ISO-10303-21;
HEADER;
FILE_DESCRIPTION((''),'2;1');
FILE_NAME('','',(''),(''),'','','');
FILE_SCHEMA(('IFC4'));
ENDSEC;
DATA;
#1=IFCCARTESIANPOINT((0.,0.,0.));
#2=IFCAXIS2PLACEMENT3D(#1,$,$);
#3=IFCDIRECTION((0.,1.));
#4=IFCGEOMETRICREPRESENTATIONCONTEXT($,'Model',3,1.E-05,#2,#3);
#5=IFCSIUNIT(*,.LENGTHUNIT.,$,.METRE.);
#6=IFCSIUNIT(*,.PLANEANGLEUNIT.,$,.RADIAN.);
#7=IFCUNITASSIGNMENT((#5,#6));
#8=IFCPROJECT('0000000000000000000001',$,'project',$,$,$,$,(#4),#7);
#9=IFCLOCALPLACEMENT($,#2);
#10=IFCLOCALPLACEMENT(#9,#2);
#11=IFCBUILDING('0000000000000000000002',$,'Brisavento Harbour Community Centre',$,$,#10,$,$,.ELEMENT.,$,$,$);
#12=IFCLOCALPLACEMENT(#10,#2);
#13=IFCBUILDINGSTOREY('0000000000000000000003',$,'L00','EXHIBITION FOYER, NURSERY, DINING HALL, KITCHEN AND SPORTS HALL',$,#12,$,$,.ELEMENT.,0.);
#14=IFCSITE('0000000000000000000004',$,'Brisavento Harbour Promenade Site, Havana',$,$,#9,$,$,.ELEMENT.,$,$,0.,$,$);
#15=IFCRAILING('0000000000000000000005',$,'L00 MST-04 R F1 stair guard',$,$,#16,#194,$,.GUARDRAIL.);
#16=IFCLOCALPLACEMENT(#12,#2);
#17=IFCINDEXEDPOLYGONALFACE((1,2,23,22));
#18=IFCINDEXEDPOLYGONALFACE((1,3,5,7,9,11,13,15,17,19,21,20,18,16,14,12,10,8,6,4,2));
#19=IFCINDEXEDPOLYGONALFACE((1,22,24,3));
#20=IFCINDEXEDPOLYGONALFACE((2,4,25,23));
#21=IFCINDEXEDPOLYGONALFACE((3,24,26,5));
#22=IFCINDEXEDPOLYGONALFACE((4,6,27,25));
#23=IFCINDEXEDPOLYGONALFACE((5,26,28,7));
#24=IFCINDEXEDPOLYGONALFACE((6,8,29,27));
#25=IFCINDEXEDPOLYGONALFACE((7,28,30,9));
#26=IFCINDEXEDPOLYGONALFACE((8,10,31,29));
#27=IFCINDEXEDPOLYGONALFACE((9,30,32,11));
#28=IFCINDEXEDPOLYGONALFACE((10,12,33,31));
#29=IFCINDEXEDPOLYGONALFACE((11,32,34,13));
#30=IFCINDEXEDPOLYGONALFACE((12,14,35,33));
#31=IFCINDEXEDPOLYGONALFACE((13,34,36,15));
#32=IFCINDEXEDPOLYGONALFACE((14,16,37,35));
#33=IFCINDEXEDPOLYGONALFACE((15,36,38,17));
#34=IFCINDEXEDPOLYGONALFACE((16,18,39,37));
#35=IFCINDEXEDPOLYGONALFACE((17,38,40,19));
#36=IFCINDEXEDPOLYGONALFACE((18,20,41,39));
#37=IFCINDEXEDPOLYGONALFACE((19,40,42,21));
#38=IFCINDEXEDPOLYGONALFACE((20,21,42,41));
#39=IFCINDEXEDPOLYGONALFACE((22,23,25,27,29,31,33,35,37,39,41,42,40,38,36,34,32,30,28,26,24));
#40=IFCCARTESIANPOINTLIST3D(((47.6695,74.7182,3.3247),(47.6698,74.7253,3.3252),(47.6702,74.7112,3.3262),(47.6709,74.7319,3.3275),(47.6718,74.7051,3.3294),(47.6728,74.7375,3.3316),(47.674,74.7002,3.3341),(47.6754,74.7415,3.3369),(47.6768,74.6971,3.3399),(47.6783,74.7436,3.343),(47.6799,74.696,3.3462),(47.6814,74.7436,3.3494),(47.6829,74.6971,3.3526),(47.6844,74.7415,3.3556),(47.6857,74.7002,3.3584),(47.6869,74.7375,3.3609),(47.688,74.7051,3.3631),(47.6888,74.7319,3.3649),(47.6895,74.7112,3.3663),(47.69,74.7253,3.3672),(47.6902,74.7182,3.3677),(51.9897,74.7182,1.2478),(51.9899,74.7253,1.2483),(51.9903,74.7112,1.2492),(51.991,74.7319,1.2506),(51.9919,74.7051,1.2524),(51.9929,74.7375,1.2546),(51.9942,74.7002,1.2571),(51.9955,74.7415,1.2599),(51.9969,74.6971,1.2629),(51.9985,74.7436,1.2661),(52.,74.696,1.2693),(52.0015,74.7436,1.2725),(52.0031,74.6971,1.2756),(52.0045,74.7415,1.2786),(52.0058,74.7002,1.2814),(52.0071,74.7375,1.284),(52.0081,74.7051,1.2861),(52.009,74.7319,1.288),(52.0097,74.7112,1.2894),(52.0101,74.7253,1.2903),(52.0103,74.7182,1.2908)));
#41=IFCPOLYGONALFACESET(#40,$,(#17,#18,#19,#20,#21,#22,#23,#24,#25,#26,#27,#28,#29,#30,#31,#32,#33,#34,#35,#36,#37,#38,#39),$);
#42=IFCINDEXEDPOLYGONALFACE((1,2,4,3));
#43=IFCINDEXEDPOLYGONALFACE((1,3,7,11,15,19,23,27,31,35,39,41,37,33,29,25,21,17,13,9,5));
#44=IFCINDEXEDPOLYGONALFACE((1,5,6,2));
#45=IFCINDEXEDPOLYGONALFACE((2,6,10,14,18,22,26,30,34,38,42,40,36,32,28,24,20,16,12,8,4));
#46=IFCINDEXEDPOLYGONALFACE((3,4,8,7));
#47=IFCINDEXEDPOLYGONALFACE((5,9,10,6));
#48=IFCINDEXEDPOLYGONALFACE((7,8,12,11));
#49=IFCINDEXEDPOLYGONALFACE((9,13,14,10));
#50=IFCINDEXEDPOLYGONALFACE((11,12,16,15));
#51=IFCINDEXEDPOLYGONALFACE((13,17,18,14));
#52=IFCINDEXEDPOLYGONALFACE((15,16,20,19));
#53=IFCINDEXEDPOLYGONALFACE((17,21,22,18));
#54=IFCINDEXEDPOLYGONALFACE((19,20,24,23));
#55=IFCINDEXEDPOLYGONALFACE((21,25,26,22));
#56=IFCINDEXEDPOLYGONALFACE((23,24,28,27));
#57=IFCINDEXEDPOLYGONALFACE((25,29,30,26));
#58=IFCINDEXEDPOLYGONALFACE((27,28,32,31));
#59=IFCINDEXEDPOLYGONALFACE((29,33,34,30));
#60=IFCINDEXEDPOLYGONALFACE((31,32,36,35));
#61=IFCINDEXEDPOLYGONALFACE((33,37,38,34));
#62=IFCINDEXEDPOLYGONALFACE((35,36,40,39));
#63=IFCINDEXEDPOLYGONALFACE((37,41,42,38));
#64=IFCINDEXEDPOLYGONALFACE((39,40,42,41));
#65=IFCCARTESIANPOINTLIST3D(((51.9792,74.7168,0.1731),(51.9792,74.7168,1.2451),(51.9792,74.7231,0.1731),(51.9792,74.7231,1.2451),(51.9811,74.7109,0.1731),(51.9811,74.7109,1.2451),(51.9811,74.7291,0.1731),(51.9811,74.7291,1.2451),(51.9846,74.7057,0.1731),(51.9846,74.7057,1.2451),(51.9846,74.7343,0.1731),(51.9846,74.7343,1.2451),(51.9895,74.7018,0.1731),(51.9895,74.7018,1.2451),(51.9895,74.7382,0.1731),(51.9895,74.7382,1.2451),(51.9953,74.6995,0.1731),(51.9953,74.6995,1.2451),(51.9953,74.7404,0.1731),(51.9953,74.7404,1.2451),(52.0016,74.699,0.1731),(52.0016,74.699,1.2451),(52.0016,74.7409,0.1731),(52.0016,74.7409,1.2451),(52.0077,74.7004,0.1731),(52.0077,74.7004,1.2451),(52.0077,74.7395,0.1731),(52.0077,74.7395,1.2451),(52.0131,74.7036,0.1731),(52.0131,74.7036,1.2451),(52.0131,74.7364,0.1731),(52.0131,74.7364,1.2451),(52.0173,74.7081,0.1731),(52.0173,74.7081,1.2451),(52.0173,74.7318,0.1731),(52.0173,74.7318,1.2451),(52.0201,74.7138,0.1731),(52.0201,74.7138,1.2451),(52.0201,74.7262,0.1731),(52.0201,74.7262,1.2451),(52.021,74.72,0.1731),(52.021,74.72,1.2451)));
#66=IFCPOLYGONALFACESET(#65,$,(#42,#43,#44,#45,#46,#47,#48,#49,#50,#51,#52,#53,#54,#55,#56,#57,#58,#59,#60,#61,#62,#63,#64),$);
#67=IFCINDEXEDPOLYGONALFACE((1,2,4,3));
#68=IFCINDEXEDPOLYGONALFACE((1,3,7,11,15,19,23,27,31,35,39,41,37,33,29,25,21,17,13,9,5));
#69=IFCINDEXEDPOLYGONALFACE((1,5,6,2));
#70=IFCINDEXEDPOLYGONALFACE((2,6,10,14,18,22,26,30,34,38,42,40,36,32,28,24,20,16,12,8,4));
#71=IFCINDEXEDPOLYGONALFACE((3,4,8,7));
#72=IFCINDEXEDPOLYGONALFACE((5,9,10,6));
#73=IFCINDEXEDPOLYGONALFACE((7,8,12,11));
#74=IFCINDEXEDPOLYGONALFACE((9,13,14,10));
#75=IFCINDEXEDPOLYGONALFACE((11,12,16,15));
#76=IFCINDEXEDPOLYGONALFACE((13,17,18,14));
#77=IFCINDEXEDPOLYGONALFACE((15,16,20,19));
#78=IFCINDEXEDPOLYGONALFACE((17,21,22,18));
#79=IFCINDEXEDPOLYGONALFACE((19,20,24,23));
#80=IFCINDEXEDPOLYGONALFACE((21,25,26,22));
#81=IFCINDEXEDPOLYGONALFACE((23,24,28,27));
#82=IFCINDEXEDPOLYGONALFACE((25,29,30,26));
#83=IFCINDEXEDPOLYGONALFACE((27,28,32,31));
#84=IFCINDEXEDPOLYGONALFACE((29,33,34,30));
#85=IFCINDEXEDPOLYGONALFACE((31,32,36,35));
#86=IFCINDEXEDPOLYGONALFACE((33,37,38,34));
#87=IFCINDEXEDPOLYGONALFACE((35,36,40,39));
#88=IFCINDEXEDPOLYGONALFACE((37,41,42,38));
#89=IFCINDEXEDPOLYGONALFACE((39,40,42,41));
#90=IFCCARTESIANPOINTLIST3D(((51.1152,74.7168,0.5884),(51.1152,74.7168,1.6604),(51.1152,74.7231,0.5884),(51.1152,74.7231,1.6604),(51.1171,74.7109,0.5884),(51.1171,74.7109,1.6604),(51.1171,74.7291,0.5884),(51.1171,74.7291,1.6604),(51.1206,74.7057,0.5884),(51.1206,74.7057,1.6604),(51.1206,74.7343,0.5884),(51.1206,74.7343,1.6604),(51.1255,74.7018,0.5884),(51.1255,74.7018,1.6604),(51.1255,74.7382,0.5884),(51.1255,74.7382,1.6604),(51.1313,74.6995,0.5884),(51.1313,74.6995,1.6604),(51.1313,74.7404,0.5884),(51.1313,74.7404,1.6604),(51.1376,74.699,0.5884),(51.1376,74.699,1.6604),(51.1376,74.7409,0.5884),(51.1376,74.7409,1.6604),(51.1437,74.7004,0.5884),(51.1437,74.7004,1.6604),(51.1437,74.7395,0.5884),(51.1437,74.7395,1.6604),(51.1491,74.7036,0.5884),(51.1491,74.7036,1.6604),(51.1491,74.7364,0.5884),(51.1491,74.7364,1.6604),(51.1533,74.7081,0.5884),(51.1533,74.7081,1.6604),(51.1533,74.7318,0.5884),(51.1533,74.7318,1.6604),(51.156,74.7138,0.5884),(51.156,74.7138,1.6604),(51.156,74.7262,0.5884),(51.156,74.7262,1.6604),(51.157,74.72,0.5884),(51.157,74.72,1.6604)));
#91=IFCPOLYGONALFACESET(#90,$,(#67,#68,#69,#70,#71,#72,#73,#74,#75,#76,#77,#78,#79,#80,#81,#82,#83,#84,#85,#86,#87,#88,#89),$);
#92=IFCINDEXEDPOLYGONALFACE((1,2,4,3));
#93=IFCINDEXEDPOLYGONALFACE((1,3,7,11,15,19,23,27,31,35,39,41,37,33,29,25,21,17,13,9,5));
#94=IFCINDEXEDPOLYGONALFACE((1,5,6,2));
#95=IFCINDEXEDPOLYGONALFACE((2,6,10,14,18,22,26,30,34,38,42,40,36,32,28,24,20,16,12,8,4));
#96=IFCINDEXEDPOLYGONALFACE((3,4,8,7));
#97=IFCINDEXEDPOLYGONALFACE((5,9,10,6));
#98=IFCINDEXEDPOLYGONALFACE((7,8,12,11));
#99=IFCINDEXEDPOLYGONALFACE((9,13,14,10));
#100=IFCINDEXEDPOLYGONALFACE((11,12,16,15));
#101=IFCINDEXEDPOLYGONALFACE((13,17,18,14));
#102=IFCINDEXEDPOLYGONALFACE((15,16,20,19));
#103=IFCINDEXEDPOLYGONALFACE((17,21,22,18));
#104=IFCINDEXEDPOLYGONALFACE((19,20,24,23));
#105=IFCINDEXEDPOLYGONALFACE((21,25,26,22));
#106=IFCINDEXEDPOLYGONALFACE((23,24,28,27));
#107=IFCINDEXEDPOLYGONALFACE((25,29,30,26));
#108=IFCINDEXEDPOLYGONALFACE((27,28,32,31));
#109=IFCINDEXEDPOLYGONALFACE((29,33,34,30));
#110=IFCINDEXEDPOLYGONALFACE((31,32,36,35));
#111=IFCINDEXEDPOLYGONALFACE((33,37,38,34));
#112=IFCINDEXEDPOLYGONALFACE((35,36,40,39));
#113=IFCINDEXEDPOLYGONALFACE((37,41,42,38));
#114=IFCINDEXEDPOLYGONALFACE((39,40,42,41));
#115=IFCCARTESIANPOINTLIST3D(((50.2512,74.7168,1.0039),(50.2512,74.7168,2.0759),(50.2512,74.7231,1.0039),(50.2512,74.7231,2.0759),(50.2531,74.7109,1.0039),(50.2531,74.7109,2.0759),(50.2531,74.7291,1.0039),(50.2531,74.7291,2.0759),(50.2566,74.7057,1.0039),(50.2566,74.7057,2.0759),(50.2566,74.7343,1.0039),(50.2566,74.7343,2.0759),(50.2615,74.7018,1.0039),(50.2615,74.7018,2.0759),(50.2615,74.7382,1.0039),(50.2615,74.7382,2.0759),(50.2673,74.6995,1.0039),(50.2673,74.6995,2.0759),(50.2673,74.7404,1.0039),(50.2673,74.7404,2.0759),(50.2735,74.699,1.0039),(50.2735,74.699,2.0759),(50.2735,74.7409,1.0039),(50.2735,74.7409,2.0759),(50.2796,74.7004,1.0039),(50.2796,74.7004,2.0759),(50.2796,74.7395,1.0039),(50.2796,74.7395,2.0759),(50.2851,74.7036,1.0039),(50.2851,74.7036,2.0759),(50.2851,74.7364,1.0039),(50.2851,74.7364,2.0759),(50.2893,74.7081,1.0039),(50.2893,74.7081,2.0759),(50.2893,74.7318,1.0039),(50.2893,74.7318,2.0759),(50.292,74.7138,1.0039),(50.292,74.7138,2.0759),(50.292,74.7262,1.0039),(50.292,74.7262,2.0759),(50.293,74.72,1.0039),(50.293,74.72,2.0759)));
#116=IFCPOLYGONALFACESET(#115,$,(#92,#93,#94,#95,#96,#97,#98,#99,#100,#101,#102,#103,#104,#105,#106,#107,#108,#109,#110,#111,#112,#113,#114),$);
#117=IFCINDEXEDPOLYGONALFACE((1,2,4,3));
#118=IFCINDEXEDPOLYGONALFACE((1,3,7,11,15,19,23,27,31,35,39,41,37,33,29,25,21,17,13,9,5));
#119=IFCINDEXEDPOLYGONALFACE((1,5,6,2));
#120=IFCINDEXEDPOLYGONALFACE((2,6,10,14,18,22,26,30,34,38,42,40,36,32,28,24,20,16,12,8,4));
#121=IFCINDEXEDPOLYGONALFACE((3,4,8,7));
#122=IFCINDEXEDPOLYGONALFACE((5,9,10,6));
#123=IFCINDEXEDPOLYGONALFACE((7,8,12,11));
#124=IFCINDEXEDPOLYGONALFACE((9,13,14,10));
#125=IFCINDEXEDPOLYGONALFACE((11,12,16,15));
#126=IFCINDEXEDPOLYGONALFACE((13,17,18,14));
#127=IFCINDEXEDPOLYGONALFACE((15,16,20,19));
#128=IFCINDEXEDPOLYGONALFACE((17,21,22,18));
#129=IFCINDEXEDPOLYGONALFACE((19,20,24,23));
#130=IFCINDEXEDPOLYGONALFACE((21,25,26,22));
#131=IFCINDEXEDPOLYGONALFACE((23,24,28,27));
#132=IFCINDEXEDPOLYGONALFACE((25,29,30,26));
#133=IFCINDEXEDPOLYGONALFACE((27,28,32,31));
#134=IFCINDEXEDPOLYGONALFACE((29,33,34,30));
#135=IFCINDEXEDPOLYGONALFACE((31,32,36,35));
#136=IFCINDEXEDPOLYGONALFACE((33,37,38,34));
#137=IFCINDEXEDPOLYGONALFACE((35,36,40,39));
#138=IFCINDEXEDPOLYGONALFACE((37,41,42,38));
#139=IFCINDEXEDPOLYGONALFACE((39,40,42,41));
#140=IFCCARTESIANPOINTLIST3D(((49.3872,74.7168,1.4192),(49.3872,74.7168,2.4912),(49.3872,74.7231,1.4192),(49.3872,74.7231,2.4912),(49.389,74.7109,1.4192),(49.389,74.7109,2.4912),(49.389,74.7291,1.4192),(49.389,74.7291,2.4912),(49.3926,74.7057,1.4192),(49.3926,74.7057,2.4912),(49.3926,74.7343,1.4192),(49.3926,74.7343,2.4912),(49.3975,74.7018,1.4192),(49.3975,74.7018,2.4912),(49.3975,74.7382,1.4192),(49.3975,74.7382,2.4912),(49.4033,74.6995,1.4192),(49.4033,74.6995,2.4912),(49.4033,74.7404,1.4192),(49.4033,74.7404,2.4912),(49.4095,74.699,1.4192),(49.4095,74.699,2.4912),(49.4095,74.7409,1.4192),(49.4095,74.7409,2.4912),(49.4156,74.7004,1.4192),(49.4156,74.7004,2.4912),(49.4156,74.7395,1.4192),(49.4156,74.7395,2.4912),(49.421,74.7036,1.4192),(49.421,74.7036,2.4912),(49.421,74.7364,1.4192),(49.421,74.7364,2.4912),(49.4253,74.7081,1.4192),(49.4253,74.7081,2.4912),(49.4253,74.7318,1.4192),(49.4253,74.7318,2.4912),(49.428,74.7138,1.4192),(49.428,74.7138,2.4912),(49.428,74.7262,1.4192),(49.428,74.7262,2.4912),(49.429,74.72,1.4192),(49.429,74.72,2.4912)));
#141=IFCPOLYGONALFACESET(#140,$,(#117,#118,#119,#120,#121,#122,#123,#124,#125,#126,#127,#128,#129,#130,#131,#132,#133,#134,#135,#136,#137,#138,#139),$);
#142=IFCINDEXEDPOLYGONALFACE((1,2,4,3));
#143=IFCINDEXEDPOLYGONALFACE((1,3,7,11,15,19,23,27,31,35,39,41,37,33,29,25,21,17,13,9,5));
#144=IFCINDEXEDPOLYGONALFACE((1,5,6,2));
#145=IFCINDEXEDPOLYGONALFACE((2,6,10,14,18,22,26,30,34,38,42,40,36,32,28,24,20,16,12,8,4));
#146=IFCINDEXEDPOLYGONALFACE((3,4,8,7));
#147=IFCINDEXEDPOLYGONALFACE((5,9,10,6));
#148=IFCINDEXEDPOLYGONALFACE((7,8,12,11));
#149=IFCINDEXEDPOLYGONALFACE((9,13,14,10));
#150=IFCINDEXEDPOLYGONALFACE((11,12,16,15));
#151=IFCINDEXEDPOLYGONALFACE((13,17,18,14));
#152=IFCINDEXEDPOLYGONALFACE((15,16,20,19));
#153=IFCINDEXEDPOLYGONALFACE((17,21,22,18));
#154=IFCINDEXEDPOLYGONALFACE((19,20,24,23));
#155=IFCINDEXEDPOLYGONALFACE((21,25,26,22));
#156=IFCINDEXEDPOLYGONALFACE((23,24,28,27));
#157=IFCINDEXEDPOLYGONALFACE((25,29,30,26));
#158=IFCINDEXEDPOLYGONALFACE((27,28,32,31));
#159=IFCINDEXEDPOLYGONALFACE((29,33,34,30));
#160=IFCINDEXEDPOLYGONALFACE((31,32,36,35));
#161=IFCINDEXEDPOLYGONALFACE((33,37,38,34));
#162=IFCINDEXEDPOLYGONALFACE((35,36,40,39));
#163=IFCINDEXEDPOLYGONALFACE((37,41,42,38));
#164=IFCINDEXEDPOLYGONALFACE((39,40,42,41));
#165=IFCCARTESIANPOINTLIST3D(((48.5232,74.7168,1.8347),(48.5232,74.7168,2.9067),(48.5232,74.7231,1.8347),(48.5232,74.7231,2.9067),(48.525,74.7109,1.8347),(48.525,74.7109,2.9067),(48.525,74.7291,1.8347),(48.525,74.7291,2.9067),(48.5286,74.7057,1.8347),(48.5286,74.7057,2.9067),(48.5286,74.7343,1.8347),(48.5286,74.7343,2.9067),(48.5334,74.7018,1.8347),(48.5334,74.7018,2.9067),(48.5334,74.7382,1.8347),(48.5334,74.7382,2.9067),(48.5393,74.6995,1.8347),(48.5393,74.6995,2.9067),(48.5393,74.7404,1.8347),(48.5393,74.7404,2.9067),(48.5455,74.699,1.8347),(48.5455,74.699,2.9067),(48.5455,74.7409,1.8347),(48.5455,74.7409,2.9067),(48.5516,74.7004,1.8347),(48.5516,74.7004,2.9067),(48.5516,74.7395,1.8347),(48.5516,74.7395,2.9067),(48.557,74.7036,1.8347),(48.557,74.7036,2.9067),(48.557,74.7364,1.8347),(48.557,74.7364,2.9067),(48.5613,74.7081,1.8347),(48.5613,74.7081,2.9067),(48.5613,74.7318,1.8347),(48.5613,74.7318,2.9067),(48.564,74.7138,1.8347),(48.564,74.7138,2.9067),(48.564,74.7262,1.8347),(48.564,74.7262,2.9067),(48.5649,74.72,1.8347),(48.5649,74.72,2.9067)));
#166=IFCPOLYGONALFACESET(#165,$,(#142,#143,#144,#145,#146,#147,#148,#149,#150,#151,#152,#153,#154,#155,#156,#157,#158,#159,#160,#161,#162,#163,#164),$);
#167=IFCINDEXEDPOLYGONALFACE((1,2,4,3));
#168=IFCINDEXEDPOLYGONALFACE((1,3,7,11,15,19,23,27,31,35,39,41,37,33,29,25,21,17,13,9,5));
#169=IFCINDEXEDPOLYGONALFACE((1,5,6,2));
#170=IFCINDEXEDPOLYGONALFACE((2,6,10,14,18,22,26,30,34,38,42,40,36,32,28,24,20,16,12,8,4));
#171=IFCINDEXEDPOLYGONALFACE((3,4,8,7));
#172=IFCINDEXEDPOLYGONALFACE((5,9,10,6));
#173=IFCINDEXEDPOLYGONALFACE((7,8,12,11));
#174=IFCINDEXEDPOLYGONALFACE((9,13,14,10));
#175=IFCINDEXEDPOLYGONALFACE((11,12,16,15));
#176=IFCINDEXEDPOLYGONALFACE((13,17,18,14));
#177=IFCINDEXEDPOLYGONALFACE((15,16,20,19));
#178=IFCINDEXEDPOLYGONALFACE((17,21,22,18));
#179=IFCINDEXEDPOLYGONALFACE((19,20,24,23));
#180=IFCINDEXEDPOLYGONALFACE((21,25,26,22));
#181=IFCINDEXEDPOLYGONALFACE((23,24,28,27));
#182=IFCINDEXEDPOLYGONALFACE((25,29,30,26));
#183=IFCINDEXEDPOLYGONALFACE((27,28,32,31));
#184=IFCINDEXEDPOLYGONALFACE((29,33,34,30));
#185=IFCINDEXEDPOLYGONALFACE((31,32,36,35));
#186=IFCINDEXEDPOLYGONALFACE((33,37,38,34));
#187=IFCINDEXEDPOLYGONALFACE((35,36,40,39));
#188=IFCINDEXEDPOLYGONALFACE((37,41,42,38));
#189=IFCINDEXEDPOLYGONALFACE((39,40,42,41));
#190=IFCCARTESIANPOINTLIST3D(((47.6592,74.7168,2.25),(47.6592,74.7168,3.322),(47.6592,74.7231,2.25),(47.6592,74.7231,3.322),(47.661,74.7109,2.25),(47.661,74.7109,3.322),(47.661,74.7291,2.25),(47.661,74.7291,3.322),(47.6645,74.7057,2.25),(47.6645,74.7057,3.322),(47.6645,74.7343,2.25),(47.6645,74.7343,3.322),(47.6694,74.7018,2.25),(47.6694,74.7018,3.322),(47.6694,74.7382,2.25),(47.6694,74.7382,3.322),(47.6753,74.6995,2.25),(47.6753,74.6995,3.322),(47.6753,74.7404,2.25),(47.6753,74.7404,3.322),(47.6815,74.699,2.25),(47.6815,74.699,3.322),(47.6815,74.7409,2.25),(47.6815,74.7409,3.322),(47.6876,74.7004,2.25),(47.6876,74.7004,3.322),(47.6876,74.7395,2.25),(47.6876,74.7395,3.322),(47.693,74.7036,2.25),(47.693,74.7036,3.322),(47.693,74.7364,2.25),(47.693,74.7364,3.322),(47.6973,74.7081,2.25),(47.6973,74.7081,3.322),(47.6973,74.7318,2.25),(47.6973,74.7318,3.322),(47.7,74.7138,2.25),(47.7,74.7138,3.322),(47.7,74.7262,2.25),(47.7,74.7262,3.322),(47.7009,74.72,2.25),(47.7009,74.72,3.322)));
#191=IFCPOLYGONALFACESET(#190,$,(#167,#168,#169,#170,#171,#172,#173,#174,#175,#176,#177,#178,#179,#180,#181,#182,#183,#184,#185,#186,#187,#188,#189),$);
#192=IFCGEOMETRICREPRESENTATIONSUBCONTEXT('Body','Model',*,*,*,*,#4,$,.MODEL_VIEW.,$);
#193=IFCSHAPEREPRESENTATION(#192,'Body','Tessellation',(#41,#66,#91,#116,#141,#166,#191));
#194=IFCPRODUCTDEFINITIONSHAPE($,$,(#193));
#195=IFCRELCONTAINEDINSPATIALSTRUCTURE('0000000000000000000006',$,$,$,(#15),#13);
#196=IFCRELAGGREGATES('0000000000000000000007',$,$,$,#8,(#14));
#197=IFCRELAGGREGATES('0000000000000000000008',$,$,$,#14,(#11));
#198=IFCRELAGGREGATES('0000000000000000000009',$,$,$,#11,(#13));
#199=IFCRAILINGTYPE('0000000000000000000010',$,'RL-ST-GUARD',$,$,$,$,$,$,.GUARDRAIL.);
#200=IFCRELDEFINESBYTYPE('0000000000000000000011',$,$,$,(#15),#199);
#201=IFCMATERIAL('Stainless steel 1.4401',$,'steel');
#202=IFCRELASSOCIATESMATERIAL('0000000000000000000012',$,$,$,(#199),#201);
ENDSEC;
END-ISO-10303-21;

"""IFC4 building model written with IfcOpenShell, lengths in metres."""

from ifc_helpers import new_model, si_unit, direction, frame, origin, origin_2d, place, context, subcontext, project, spatial, circle, extrude, material, type_object, element, save


model = new_model("IFC4")

# Units and contexts
model_context = context("Model", 3, precision=1e-05, world=origin(), true_north=direction((0.0, 1.0)))
body_context = subcontext(model_context, "Body", "Model", "MODEL_VIEW")
ifc_project = project(units=[si_unit("LENGTHUNIT", "METRE"), si_unit("PLANEANGLEUNIT", "RADIAN")], contexts=[model_context])

# Site, building, storey
site_placement = place(None, origin())
site = spatial("IfcSite", under=ifc_project, at=site_placement, Name="Brisavento Harbour Promenade Site, Havana", CompositionType="ELEMENT", RefElevation=0.0)
building_placement = place(site_placement, origin())
building = spatial("IfcBuilding", under=site, at=building_placement, Name="Brisavento Harbour Community Centre", CompositionType="ELEMENT")
storey_placement = place(building_placement, origin())
storey = spatial("IfcBuildingStorey", under=building, at=storey_placement, Name="L00", Description="EXHIBITION FOYER, NURSERY, DINING HALL, KITCHEN AND SPORTS HALL", CompositionType="ELEMENT", Elevation=0.0)

# Railing
ifc_material_1 = material(Name="Stainless steel 1.4401", Category="steel")
railing_type = type_object("IfcRailingType", Name="RL-ST-GUARD", PredefinedType="GUARDRAIL", material=ifc_material_1)
railing_1_placement = place(storey_placement, frame((52.0, 74.72, 0.1731)))
element("IfcRailing", 1, at=railing_1_placement, inside=storey, type_object=railing_type, Name="L00 MST-04 R F1 stair guard", PredefinedType="GUARDRAIL", context=body_context, shape_type="SweptSolid", body=[
    extrude(circle(Radius=0.0239, at=origin_2d()), frame((0.0, 0.0, 1.0962), z_axis=(-0.901257, 0.0, 0.433286), x_axis=(0.0, -1.0, 0.0)), (0.0, 0.0, 1.0), 4.7935),
    extrude(circle(Radius=0.021, at=origin_2d()), origin(), (0.0, 0.0, 1.0), 1.072),
    extrude(circle(Radius=0.021, at=origin_2d()), frame((-0.864, 0.0, 0.4153)), (0.0, 0.0, 1.0), 1.072),
    extrude(circle(Radius=0.021, at=origin_2d()), frame((-1.728, 0.0, 0.8308)), (0.0, 0.0, 1.0), 1.072),
    extrude(circle(Radius=0.021, at=origin_2d()), frame((-2.592, 0.0, 1.2461)), (0.0, 0.0, 1.0), 1.072),
    extrude(circle(Radius=0.021, at=origin_2d()), frame((-3.4561, 0.0, 1.6616)), (0.0, 0.0, 1.0), 1.072),
    extrude(circle(Radius=0.021, at=origin_2d()), frame((-4.3201, 0.0, 2.0769)), (0.0, 0.0, 1.0), 1.072),
])

save(model, "model.ifc")
